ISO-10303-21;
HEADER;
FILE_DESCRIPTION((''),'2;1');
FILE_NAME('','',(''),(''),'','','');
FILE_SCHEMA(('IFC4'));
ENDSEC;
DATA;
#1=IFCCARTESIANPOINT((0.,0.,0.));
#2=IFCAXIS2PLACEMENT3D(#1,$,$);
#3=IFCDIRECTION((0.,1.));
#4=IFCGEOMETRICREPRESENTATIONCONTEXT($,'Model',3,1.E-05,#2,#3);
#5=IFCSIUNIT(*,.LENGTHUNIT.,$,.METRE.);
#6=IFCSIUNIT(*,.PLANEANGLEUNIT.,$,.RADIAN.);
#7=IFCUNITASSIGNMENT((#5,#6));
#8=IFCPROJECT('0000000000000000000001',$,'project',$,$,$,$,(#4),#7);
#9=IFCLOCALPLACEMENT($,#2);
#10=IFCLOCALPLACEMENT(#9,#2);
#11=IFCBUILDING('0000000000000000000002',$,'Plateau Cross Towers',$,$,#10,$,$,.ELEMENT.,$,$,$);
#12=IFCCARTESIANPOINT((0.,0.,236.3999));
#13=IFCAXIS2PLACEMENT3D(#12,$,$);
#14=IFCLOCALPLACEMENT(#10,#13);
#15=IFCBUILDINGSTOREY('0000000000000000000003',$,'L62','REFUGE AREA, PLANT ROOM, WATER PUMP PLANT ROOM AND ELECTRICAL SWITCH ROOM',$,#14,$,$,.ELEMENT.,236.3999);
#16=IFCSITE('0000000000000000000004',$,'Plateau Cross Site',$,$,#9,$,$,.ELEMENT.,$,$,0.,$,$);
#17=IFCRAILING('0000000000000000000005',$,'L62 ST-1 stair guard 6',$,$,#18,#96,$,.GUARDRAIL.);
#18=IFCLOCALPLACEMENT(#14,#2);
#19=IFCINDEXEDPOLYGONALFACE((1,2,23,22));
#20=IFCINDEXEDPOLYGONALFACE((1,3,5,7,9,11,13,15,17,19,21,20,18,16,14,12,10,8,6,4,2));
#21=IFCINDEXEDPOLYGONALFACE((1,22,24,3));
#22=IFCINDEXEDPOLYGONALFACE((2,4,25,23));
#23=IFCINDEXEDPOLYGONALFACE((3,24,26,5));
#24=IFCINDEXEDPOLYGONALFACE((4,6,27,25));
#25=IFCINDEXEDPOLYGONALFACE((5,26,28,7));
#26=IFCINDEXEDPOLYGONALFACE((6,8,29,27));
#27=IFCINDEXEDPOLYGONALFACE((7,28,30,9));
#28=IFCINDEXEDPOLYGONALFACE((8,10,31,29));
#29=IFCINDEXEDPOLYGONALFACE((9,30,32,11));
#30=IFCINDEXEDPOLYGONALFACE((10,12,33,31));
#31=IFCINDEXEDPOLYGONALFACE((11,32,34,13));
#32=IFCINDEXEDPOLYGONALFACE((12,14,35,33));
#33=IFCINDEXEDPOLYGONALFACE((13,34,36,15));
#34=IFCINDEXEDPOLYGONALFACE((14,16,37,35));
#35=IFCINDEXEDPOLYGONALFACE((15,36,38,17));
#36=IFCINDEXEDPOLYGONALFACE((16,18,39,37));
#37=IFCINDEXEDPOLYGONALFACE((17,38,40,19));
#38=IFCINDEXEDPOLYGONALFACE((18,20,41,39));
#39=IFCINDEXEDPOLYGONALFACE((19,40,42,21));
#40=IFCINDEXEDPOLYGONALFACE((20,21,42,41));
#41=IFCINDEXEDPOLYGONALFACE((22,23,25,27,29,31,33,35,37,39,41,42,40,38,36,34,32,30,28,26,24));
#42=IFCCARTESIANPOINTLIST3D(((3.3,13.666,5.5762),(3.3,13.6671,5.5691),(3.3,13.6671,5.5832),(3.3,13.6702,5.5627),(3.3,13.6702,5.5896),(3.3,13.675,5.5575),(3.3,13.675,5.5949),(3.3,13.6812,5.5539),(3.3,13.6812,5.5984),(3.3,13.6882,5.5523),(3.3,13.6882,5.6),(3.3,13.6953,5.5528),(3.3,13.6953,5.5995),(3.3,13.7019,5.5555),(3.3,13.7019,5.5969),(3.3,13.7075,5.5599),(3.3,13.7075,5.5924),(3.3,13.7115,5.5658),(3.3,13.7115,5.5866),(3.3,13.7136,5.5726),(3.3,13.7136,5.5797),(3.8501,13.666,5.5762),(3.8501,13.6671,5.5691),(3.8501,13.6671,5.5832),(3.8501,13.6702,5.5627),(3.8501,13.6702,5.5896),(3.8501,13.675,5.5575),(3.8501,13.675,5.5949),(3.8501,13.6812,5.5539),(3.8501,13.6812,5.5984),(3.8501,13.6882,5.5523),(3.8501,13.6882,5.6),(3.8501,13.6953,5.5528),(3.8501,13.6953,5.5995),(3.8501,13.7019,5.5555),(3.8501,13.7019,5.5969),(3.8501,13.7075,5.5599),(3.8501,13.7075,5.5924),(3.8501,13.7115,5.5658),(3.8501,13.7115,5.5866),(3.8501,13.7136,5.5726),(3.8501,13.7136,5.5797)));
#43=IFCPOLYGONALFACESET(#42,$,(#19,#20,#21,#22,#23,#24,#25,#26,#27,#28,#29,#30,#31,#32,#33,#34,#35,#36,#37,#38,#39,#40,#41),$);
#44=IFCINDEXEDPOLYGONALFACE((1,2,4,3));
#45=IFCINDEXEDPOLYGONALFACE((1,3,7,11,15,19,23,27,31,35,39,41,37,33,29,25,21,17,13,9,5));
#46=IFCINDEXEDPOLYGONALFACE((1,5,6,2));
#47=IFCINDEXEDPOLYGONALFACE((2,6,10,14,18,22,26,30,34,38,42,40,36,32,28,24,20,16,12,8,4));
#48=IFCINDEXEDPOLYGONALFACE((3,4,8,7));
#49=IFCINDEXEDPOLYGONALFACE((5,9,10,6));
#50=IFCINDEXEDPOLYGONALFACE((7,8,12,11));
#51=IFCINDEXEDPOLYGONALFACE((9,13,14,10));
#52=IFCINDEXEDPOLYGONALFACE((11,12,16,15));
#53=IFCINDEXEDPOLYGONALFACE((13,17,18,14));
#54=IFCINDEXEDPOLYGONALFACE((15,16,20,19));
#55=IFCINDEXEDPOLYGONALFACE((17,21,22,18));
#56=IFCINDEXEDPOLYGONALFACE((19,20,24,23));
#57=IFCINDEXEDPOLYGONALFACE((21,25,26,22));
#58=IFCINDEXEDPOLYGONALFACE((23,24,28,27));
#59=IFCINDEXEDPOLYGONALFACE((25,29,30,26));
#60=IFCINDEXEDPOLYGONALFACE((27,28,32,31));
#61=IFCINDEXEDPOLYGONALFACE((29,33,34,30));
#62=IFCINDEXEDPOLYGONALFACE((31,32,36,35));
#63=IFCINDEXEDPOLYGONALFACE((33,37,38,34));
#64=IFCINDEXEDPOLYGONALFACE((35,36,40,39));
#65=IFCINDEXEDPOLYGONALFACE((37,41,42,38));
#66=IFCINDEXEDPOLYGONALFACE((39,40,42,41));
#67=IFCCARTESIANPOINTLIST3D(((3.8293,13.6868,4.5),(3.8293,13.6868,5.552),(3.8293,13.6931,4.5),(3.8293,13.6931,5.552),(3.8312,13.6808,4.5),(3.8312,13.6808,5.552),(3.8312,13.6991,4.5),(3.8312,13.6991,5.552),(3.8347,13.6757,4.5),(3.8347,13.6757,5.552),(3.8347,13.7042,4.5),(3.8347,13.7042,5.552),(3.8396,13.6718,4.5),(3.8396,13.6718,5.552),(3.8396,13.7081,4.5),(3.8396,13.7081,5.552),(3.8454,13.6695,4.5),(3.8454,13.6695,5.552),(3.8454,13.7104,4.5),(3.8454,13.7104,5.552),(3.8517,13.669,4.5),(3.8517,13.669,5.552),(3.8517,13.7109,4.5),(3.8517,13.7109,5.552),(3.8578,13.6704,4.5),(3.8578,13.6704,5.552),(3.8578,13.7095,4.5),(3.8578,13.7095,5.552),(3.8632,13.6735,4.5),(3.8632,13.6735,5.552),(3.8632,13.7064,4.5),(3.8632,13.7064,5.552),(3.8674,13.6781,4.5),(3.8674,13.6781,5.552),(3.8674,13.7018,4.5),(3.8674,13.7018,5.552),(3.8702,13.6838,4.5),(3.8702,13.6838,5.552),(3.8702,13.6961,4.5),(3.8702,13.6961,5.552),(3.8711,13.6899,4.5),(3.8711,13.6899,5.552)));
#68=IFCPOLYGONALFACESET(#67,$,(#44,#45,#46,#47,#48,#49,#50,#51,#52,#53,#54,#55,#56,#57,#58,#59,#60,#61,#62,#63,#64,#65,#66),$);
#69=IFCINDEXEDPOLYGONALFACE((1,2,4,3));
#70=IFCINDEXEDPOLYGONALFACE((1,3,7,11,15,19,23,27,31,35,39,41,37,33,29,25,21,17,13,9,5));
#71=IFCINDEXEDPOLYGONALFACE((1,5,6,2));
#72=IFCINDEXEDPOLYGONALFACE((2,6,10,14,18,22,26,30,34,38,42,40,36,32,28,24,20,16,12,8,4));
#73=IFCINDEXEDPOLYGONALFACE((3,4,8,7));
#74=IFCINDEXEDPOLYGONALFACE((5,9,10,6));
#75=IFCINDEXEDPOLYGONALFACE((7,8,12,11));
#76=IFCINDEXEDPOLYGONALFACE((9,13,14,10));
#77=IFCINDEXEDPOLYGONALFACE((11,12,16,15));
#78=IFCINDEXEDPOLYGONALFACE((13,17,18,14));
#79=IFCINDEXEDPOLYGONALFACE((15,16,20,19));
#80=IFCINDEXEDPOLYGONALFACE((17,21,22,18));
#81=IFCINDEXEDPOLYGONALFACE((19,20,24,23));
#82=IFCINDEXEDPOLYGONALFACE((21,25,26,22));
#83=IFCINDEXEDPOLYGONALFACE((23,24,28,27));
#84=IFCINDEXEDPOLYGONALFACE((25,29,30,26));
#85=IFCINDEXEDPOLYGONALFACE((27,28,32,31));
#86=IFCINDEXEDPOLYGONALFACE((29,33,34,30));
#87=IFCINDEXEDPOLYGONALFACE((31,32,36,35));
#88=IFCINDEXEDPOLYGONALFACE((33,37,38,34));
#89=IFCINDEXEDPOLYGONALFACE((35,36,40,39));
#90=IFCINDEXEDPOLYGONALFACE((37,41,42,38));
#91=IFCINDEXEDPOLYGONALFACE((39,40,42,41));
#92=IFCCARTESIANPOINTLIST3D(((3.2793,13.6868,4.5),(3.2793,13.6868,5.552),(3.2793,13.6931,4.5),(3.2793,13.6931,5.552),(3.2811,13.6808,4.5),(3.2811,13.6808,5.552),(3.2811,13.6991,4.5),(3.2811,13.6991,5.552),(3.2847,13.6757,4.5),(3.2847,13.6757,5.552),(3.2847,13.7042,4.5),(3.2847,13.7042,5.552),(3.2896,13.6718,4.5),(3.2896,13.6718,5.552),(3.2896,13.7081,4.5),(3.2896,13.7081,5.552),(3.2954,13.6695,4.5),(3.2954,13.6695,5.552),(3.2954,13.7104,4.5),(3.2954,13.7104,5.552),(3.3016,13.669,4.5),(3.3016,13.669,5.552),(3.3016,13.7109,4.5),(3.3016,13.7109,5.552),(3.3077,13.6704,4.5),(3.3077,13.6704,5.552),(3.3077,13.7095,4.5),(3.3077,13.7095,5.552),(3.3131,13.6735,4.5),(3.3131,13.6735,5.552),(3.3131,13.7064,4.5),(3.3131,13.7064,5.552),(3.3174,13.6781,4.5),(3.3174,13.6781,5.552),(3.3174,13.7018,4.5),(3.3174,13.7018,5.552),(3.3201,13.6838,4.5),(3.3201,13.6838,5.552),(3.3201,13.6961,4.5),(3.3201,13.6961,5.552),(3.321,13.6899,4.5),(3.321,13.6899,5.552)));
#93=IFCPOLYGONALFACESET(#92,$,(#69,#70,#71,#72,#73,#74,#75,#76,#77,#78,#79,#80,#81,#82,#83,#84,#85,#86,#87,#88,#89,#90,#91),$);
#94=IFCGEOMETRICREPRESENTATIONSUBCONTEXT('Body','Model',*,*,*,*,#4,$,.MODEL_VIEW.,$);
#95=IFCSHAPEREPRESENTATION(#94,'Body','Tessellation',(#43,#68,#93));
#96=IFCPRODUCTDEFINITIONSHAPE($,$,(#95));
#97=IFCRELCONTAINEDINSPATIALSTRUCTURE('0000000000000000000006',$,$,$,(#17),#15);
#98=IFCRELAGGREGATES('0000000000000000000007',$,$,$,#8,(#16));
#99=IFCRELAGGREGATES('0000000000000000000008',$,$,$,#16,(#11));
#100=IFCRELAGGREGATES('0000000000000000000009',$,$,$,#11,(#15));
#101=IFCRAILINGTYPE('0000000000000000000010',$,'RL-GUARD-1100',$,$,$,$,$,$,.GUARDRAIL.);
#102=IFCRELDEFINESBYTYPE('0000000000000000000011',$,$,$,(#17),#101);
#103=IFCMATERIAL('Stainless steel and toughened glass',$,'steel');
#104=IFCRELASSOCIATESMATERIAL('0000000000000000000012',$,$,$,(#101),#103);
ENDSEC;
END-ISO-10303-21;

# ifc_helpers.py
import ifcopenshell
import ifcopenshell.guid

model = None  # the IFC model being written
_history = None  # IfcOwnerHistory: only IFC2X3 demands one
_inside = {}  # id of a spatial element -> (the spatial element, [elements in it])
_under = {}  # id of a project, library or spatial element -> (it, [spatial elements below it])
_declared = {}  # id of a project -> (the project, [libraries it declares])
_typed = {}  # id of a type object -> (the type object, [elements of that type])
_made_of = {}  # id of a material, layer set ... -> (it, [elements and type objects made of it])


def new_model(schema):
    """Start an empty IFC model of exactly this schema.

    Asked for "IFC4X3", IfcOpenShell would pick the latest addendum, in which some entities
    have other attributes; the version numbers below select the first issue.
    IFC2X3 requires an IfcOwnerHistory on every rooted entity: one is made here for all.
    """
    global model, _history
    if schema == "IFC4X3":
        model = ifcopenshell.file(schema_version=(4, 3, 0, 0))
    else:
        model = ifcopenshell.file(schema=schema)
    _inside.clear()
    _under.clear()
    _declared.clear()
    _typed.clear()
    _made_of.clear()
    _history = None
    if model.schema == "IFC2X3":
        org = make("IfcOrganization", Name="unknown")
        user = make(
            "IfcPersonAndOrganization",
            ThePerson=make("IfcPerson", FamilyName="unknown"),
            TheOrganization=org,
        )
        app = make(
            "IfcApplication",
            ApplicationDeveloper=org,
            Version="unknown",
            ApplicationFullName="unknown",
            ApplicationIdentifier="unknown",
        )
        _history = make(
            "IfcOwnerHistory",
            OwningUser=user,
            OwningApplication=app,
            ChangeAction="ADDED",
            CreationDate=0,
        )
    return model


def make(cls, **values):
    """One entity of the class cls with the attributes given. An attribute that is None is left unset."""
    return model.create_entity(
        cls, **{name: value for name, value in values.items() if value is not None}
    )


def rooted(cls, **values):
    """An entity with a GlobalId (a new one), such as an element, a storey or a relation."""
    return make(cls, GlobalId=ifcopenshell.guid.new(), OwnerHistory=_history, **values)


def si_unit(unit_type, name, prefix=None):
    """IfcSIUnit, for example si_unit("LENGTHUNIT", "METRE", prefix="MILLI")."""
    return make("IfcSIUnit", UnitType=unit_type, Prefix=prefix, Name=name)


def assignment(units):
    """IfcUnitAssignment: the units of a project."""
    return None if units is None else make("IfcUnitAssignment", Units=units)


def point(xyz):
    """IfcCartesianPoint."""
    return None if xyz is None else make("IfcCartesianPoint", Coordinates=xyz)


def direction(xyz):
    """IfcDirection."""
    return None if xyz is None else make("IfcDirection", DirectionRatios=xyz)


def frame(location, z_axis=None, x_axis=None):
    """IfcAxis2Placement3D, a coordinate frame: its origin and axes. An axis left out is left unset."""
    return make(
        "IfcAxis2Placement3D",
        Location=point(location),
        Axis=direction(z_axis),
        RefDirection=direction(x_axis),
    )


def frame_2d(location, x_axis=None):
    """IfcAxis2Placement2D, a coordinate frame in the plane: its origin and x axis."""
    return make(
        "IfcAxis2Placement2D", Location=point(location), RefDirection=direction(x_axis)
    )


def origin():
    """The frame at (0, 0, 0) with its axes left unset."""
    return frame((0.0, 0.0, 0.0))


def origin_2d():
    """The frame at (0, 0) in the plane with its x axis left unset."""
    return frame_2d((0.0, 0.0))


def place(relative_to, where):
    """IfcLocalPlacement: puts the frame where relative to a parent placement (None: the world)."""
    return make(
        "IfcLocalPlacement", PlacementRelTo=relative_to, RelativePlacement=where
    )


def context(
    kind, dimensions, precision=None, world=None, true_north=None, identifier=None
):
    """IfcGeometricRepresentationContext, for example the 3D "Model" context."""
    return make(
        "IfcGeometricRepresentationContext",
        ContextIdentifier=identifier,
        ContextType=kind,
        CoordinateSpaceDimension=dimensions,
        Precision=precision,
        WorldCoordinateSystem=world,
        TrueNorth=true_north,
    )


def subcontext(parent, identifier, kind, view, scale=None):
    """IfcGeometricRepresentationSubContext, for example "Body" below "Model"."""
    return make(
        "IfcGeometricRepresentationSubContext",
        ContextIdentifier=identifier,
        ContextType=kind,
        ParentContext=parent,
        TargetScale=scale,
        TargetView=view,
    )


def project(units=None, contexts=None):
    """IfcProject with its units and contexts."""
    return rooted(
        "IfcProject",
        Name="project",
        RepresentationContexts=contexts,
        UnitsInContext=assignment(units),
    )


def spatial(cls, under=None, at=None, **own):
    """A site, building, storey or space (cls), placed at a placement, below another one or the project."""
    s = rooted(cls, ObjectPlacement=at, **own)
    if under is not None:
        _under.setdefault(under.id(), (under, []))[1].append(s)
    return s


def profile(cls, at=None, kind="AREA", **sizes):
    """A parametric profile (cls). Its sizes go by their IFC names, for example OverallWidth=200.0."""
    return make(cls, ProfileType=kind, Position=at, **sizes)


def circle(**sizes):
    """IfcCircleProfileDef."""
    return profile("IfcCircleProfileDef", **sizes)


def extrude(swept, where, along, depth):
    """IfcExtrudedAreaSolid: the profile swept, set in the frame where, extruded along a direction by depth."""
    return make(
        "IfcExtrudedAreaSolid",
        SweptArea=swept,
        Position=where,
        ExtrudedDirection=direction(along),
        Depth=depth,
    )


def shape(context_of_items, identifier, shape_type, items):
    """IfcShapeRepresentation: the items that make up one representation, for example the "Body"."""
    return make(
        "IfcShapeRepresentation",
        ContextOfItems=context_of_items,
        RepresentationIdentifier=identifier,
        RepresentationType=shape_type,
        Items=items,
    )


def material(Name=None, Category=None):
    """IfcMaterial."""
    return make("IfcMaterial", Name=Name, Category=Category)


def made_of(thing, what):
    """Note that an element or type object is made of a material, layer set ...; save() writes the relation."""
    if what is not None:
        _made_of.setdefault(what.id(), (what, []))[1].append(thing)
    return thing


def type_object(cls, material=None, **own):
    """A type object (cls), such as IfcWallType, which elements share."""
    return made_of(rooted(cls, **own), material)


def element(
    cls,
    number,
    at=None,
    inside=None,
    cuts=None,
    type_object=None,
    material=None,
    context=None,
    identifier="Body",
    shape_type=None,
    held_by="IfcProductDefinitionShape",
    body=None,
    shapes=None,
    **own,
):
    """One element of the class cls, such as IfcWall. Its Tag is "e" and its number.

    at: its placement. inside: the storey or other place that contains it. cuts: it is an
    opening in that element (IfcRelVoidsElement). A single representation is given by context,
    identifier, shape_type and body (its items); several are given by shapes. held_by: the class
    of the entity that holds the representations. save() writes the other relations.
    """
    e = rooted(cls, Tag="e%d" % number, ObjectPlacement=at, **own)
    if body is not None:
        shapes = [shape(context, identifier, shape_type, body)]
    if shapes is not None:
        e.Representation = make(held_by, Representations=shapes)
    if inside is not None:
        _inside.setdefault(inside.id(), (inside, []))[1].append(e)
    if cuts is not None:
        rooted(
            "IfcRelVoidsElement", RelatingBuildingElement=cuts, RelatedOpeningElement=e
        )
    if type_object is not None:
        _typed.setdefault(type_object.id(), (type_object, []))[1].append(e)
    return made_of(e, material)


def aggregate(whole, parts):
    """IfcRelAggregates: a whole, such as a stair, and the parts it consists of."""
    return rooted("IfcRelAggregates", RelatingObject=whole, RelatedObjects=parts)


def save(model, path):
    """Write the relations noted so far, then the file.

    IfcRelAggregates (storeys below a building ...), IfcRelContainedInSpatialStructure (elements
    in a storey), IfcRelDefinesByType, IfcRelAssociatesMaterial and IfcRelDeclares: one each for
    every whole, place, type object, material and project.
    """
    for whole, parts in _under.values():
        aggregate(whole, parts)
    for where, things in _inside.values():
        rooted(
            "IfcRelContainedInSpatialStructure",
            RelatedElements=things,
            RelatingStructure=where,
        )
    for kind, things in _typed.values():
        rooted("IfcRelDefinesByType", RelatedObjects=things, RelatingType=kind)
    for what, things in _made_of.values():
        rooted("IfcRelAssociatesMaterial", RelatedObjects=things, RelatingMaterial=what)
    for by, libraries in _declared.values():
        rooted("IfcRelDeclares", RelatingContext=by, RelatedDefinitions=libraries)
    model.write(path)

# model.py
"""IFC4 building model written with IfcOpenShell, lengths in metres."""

from ifc_helpers import new_model, si_unit, direction, frame, origin, origin_2d, place, context, subcontext, project, spatial, circle, extrude, material, type_object, element, save


model = new_model("IFC4")

# Units and contexts
model_context = context("Model", 3, precision=1e-05, world=origin(), true_north=direction((0.0, 1.0)))
body_context = subcontext(model_context, "Body", "Model", "MODEL_VIEW")
ifc_project = project(units=[si_unit("LENGTHUNIT", "METRE"), si_unit("PLANEANGLEUNIT", "RADIAN")], contexts=[model_context])

# Site, building, storey
site_placement = place(None, origin())
site = spatial("IfcSite", under=ifc_project, at=site_placement, Name="Plateau Cross Site", CompositionType="ELEMENT", RefElevation=0.0)
building_placement = place(site_placement, origin())
building = spatial("IfcBuilding", under=site, at=building_placement, Name="Plateau Cross Towers", CompositionType="ELEMENT")
storey_placement = place(building_placement, frame((0.0, 0.0, 236.3999)))
storey = spatial("IfcBuildingStorey", under=building, at=storey_placement, Name="L62", Description="REFUGE AREA, PLANT ROOM, WATER PUMP PLANT ROOM AND ELECTRICAL SWITCH ROOM", CompositionType="ELEMENT", Elevation=236.3999)

# Railing
ifc_material_1 = material(Name="Stainless steel and toughened glass", Category="steel")
railing_type_1 = type_object("IfcRailingType", Name="RL-GUARD-1100", PredefinedType="GUARDRAIL", material=ifc_material_1)
railing_1_placement = place(storey_placement, frame((3.8501, 13.6899, 4.5)))
element("IfcRailing", 1, at=railing_1_placement, inside=storey, type_object=railing_type_1, Name="L62 ST-1 stair guard 6", PredefinedType="GUARDRAIL", context=body_context, shape_type="SweptSolid", body=[
    extrude(circle(Radius=0.0239, at=origin_2d()), frame((0.0, 0.0, 1.0762), z_axis=(-1.0, 0.0, 0.0), x_axis=(0.0, -1.0, 0.0)), (0.0, 0.0, 1.0), 0.55),
    extrude(circle(Radius=0.021, at=origin_2d()), origin(), (0.0, 0.0, 1.0), 1.052),
    extrude(circle(Radius=0.021, at=origin_2d()), frame((-0.55, 0.0, 0.0)), (0.0, 0.0, 1.0), 1.052),
])

save(model, "model.ifc")
